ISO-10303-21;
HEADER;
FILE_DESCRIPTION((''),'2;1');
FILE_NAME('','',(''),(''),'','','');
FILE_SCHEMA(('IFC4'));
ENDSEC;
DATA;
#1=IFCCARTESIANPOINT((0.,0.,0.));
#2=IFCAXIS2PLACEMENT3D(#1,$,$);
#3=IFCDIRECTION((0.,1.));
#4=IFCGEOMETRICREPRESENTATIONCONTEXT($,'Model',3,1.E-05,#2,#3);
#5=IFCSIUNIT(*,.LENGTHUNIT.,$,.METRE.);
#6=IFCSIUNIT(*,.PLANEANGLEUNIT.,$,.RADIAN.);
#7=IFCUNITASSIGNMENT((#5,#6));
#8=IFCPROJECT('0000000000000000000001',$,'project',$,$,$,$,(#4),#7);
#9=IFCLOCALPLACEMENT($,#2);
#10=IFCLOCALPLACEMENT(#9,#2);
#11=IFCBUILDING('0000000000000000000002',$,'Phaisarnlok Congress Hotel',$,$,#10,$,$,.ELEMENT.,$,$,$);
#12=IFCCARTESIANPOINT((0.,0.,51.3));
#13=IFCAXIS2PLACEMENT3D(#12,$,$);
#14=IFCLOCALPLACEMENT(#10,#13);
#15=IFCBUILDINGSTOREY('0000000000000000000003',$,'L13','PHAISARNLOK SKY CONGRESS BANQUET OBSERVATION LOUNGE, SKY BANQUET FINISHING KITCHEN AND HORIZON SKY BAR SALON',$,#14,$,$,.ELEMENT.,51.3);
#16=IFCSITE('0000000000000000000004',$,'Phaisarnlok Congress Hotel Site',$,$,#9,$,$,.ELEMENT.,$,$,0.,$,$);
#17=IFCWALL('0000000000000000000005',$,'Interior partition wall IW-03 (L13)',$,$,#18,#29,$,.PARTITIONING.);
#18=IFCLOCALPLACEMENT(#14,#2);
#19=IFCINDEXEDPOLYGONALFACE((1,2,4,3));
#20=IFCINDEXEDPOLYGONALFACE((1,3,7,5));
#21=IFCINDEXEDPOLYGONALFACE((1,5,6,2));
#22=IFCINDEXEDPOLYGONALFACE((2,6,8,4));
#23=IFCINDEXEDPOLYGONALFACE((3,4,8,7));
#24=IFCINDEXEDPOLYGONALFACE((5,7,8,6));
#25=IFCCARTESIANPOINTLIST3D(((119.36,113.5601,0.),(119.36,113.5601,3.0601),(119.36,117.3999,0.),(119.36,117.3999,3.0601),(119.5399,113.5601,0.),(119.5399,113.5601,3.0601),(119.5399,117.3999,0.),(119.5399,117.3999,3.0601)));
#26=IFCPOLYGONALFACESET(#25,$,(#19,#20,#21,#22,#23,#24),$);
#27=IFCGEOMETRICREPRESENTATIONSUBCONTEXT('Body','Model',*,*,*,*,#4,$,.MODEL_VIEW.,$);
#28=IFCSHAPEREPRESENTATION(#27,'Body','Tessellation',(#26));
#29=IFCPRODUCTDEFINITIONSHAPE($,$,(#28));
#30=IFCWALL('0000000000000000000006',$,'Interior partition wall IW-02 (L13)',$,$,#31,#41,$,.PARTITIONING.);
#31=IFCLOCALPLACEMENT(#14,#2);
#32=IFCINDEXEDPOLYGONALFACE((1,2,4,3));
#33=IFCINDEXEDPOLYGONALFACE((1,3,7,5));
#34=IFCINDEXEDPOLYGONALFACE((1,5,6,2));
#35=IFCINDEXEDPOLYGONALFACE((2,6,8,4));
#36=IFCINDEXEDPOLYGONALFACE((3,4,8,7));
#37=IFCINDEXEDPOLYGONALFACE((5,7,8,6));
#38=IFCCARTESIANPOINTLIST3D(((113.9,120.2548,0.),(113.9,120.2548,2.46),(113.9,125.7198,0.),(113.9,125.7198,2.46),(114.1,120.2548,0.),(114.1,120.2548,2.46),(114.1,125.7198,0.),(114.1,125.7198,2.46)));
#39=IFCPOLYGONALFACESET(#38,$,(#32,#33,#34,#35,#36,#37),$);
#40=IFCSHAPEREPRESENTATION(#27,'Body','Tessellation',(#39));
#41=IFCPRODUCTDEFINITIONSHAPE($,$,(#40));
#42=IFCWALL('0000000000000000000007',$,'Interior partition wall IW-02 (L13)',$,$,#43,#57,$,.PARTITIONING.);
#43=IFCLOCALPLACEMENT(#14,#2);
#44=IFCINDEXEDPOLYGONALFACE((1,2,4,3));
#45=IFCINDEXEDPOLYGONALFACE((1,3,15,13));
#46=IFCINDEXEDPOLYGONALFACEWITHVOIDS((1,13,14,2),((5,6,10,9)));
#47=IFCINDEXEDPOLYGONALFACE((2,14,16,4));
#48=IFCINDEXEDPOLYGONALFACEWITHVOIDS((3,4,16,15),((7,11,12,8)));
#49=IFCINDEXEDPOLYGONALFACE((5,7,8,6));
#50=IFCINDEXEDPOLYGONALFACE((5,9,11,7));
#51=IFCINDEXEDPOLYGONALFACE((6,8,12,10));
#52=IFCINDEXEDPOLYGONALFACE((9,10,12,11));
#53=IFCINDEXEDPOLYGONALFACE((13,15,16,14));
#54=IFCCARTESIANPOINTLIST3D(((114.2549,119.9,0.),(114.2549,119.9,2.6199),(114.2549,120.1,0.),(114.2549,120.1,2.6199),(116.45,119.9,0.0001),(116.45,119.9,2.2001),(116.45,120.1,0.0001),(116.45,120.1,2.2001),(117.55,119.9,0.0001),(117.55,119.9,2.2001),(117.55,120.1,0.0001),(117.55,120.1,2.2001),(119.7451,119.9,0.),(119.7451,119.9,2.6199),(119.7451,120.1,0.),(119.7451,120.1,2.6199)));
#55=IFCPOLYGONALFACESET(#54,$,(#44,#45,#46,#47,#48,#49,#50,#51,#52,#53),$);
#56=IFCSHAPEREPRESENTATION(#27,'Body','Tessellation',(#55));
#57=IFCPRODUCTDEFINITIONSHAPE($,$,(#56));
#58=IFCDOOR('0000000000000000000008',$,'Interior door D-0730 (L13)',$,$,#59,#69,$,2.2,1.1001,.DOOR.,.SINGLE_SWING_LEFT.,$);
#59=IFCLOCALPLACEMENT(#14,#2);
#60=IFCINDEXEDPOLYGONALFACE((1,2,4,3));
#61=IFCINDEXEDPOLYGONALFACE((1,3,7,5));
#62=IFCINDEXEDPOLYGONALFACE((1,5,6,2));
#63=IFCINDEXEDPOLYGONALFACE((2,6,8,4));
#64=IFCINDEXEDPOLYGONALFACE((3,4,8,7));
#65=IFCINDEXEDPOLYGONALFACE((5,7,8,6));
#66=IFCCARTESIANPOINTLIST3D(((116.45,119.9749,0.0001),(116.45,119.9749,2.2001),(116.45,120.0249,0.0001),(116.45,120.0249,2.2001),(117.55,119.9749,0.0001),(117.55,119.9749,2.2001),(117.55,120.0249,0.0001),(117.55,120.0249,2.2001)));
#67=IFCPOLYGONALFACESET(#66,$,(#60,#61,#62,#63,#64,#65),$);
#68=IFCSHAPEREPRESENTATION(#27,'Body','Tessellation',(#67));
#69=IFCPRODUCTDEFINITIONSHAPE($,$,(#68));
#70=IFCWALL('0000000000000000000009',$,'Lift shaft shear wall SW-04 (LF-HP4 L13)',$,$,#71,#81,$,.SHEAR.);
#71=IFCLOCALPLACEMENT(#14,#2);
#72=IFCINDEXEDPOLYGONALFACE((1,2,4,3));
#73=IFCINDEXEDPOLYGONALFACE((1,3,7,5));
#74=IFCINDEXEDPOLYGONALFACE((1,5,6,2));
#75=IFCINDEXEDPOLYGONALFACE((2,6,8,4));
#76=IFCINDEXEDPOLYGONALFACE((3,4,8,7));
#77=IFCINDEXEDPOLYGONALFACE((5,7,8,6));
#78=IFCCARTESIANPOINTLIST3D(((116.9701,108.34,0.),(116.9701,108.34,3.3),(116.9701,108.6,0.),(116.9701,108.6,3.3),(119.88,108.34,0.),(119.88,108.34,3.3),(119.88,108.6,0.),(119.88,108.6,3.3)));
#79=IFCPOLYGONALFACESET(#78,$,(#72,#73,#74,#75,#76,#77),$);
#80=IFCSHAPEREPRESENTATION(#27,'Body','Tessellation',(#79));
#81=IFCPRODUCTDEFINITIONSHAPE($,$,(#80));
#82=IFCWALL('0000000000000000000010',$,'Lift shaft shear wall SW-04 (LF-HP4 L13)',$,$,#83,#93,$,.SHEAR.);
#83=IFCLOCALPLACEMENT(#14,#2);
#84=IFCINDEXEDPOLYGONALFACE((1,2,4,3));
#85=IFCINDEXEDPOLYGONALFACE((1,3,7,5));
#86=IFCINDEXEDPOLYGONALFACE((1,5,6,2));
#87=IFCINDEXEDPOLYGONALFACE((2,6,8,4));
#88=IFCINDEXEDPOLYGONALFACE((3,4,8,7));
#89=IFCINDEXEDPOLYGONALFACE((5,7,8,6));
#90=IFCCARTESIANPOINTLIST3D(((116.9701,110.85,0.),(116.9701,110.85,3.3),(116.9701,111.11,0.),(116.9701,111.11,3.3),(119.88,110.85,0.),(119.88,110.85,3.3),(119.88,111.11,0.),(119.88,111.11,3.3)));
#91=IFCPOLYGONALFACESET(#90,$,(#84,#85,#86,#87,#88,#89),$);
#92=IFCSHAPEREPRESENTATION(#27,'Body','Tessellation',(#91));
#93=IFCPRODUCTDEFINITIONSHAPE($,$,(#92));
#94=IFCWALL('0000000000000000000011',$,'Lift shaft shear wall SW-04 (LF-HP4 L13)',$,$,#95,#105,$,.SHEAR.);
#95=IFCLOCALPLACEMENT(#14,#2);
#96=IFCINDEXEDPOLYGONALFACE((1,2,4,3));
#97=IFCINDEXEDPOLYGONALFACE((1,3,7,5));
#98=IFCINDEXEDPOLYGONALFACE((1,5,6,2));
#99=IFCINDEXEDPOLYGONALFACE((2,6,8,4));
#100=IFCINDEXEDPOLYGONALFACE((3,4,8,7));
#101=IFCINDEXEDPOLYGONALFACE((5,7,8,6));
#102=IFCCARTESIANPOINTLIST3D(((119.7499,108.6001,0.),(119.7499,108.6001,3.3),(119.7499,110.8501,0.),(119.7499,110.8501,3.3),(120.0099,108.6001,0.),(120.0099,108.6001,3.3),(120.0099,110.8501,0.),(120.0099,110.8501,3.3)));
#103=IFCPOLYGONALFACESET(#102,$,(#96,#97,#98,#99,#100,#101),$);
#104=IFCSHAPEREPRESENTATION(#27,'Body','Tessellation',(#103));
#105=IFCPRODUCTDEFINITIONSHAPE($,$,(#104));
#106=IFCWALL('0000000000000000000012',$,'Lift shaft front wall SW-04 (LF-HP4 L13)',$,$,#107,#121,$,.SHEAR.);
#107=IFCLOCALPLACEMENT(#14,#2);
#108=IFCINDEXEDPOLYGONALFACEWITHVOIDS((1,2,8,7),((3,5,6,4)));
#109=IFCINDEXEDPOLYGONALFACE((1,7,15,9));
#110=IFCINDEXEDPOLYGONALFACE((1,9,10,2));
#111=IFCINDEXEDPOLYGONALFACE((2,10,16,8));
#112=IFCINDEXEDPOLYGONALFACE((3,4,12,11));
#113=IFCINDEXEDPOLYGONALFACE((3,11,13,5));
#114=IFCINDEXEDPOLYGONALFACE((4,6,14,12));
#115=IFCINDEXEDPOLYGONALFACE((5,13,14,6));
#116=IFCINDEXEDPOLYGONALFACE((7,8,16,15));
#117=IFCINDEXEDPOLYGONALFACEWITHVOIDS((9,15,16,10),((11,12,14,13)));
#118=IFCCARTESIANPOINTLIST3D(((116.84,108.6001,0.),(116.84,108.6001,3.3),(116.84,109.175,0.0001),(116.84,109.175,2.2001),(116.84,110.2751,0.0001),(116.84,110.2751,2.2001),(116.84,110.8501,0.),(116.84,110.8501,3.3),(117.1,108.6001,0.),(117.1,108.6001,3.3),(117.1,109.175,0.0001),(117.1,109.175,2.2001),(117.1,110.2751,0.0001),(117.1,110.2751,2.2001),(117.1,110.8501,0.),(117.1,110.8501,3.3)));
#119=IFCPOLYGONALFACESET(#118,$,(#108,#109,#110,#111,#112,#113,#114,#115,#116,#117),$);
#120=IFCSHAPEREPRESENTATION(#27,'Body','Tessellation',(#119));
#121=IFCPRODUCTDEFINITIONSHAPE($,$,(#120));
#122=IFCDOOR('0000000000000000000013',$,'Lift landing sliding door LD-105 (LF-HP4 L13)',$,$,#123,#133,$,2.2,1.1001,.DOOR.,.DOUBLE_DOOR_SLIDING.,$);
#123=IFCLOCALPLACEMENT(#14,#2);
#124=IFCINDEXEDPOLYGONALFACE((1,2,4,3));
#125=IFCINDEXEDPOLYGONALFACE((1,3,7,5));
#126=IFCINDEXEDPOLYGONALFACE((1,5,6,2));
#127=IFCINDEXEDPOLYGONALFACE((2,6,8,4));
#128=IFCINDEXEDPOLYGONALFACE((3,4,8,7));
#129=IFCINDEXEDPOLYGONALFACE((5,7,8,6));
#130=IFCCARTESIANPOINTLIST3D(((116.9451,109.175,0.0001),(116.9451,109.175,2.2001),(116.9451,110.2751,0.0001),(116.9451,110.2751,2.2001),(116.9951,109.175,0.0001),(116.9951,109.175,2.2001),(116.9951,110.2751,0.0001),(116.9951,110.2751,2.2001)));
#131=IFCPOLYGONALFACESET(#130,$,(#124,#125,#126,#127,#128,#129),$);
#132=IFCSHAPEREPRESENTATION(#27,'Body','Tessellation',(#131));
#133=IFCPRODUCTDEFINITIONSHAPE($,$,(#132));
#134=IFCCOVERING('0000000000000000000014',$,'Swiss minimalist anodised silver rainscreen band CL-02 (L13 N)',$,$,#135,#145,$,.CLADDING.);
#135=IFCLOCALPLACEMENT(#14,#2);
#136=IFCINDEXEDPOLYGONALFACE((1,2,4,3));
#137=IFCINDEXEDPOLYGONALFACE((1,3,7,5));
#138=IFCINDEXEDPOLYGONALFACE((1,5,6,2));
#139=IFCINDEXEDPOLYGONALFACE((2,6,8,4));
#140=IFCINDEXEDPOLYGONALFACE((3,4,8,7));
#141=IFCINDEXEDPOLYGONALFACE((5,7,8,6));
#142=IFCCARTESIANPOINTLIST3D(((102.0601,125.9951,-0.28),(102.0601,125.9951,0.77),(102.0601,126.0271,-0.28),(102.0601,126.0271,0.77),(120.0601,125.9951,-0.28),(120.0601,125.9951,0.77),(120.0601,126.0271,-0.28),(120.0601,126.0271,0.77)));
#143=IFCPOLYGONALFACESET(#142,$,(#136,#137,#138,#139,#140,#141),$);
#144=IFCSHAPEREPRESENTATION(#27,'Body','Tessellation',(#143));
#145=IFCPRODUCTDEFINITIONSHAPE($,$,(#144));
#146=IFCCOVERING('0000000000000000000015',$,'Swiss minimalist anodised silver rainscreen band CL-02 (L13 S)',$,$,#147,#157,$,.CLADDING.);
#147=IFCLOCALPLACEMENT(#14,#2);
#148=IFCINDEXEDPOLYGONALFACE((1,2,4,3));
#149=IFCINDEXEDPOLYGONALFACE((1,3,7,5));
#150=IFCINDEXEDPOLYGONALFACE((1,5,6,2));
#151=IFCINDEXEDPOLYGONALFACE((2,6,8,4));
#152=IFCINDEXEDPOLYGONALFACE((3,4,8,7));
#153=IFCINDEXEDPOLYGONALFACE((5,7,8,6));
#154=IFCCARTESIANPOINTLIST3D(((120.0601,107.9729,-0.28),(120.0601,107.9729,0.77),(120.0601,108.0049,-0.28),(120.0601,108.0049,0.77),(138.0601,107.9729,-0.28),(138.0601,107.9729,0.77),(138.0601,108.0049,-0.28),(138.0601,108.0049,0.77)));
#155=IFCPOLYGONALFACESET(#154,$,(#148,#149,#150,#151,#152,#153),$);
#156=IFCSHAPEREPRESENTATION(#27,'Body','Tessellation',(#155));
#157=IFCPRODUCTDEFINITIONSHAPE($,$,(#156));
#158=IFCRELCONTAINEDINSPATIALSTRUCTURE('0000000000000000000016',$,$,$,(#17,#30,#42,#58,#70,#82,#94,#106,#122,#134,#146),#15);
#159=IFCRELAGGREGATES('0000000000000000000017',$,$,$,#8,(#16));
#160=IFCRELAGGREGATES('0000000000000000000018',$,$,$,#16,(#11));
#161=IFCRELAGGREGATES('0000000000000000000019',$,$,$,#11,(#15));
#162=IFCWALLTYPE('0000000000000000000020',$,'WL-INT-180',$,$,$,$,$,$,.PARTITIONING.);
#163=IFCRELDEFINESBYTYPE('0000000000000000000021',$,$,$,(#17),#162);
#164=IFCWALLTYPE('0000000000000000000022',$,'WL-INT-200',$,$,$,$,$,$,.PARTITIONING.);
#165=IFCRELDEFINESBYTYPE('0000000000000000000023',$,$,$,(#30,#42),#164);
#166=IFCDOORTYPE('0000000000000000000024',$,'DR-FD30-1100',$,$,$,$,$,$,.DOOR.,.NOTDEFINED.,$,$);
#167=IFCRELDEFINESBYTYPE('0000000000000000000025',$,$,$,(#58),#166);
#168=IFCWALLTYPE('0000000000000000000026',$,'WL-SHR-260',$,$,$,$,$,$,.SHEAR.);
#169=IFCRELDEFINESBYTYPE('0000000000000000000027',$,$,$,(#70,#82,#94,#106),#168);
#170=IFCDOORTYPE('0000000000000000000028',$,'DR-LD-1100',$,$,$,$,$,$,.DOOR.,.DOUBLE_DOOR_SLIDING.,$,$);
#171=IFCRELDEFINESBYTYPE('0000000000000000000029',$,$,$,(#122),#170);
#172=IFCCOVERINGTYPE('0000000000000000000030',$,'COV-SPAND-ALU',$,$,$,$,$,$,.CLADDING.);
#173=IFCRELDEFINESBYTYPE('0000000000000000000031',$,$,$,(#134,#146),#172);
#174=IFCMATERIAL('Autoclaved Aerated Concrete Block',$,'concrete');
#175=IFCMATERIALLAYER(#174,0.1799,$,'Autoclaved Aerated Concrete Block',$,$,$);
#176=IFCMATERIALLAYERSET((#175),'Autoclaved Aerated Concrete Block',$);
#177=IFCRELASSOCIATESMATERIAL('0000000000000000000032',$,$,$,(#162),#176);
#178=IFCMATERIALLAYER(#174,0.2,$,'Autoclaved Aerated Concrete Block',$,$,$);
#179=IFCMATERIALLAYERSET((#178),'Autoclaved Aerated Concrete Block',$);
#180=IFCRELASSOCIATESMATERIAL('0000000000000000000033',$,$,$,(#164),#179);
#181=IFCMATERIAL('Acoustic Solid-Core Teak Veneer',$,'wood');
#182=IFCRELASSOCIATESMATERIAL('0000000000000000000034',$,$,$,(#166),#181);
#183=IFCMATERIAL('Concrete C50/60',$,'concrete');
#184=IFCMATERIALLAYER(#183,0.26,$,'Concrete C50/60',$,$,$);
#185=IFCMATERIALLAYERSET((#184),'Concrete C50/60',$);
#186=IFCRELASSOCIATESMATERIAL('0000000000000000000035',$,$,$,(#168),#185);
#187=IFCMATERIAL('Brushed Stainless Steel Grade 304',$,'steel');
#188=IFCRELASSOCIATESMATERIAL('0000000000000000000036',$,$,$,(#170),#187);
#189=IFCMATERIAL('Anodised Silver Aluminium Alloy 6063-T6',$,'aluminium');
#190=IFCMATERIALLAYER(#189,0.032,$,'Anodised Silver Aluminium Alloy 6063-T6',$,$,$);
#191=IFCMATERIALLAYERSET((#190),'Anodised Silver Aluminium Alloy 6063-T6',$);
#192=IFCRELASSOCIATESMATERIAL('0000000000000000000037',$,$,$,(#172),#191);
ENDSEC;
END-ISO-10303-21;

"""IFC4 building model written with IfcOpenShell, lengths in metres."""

from ifc_helpers import new_model, si_unit, direction, frame, frame_2d, origin, place, context, subcontext, project, spatial, polyline, rectangle, outline, extrude, material, layer, layer_set, type_object, element, fill, save


model = new_model("IFC4")

# Units and contexts
model_context = context("Model", 3, precision=1e-05, world=origin(), true_north=direction((0.0, 1.0)))
body_context = subcontext(model_context, "Body", "Model", "MODEL_VIEW")
ifc_project = project(units=[si_unit("LENGTHUNIT", "METRE"), si_unit("PLANEANGLEUNIT", "RADIAN")], contexts=[model_context])

# Site, building, storey
site_placement = place(None, origin())
site = spatial("IfcSite", under=ifc_project, at=site_placement, Name="Phaisarnlok Congress Hotel Site", CompositionType="ELEMENT", RefElevation=0.0)
building_placement = place(site_placement, origin())
building = spatial("IfcBuilding", under=site, at=building_placement, Name="Phaisarnlok Congress Hotel", CompositionType="ELEMENT")
storey_placement = place(building_placement, frame((0.0, 0.0, 51.3)))
storey = spatial("IfcBuildingStorey", under=building, at=storey_placement, Name="L13", Description="PHAISARNLOK SKY CONGRESS BANQUET OBSERVATION LOUNGE, SKY BANQUET FINISHING KITCHEN AND HORIZON SKY BAR SALON", CompositionType="ELEMENT", Elevation=51.3)

# Shared definitions
ifc_material_1 = material(Name="Concrete C50/60", Category="concrete")

# Walls
ifc_material_2 = material(Name="Autoclaved Aerated Concrete Block", Category="concrete")
ifc_layer_1 = layer(ifc_material_2, 0.1799, Name="Autoclaved Aerated Concrete Block")
ifc_layer_set_1 = layer_set([ifc_layer_1], Name="Autoclaved Aerated Concrete Block")
wall_type_1 = type_object("IfcWallType", Name="WL-INT-180", PredefinedType="PARTITIONING", material=ifc_layer_set_1)
wall_1_placement = place(storey_placement, frame((119.45, 113.5601, 0.0), z_axis=(0.0, 0.0, 1.0), x_axis=(0.0, 1.0, 0.0)))
element("IfcWall", 1, at=wall_1_placement, inside=storey, type_object=wall_type_1, Name="Interior partition wall IW-03 (L13)", PredefinedType="PARTITIONING", context=body_context, shape_type="SweptSolid", body=[
    extrude(rectangle(XDim=3.8398, YDim=0.1799, at=frame_2d((1.9199, 0.0))), origin(), (0.0, 0.0, 1.0), 3.0601),
])
ifc_layer_2 = layer(ifc_material_2, 0.2, Name="Autoclaved Aerated Concrete Block")
ifc_layer_set_2 = layer_set([ifc_layer_2], Name="Autoclaved Aerated Concrete Block")
wall_type_2 = type_object("IfcWallType", Name="WL-INT-200", PredefinedType="PARTITIONING", material=ifc_layer_set_2)
wall_2_placement = place(storey_placement, frame((114.0, 120.2549, 0.0), z_axis=(0.0, 0.0, 1.0), x_axis=(0.0, 1.0, 0.0)))
element("IfcWall", 2, at=wall_2_placement, inside=storey, type_object=wall_type_2, Name="Interior partition wall IW-02 (L13)", PredefinedType="PARTITIONING", context=body_context, shape_type="SweptSolid", body=[
    extrude(rectangle(XDim=5.4651, YDim=0.2, at=frame_2d((2.7324, 0.0))), origin(), (0.0, 0.0, 1.0), 2.46),
])

# Wall, opening, door
wall_3_placement = place(storey_placement, frame((114.2549, 120.0, 0.0), z_axis=(0.0, 0.0, 1.0), x_axis=(1.0, 0.0, 0.0)))
wall_3 = element("IfcWall", 3, at=wall_3_placement, inside=storey, type_object=wall_type_2, Name="Interior partition wall IW-02 (L13)", PredefinedType="PARTITIONING", context=body_context, shape_type="SweptSolid", body=[
    extrude(rectangle(XDim=5.4902, YDim=0.2, at=frame_2d((2.7451, 0.0))), origin(), (0.0, 0.0, 1.0), 2.6199),
])
opening_1_placement = place(wall_3_placement, frame((2.1951, 0.0, 0.0)))
opening_1 = element("IfcOpeningElement", 4, at=opening_1_placement, cuts=wall_3, PredefinedType="OPENING", context=body_context, shape_type="SweptSolid", body=[
    extrude(rectangle(XDim=1.1001, YDim=2.2, at=frame_2d((0.55, 1.1001))), frame((0.0, 0.1099, 0.0), z_axis=(0.0, -1.0, 0.0), x_axis=(1.0, 0.0, 0.0)), (0.0, 0.0, 1.0), 0.22),
])
ifc_material_3 = material(Name="Acoustic Solid-Core Teak Veneer", Category="wood")
door_type_1 = type_object("IfcDoorType", Name="DR-FD30-1100", OperationType="NOTDEFINED", PredefinedType="DOOR", material=ifc_material_3)
door_1_placement = place(opening_1_placement, origin())
door_1 = element("IfcDoor", 5, at=door_1_placement, inside=storey, type_object=door_type_1, Name="Interior door D-0730 (L13)", OperationType="SINGLE_SWING_LEFT", OverallHeight=2.2, OverallWidth=1.1001, PredefinedType="DOOR", context=body_context, shape_type="SweptSolid", body=[
    extrude(rectangle(XDim=1.1001, YDim=2.2, at=frame_2d((0.55, 1.1001))), frame((0.0, 0.0249, 0.0), z_axis=(0.0, -1.0, 0.0), x_axis=(1.0, 0.0, 0.0)), (0.0, 0.0, 1.0), 0.05),
])
fill(opening_1, door_1)

# Walls
ifc_layer_3 = layer(ifc_material_1, 0.26, Name="Concrete C50/60")
ifc_layer_set_3 = layer_set([ifc_layer_3], Name="Concrete C50/60")
wall_type_3 = type_object("IfcWallType", Name="WL-SHR-260", PredefinedType="SHEAR", material=ifc_layer_set_3)
for number, where, z_axis, x_axis, name in (
    (6, (116.97, 108.47, 0.0), (0.0, 0.0, 1.0), (1.0, 0.0, 0.0), "Lift shaft shear wall SW-04 (LF-HP4 L13)"),
    (7, (116.97, 110.98, 0.0), (0.0, 0.0, 1.0), (1.0, 0.0, 0.0), "Lift shaft shear wall SW-04 (LF-HP4 L13)"),
):
    element("IfcWall", number, at=place(storey_placement, frame(where, z_axis=z_axis, x_axis=x_axis)), inside=storey, type_object=wall_type_3, Name=name, PredefinedType="SHEAR", context=body_context, shape_type="SweptSolid", body=[
        extrude(rectangle(XDim=2.9099, YDim=0.26, at=frame_2d((1.4551, 0.0))), origin(), (0.0, 0.0, 1.0), 3.3),
    ])
wall_4_placement = place(storey_placement, frame((119.8799, 108.6001, 0.0), z_axis=(0.0, 0.0, 1.0), x_axis=(0.0, 1.0, 0.0)))
element("IfcWall", 8, at=wall_4_placement, inside=storey, type_object=wall_type_3, Name="Lift shaft shear wall SW-04 (LF-HP4 L13)", PredefinedType="SHEAR", context=body_context, shape_type="SweptSolid", body=[
    extrude(rectangle(XDim=2.25, YDim=0.26, at=frame_2d((1.125, 0.0))), origin(), (0.0, 0.0, 1.0), 3.3),
])

# Wall, opening, door
wall_5_placement = place(storey_placement, frame((116.97, 108.6001, 0.0), z_axis=(0.0, 0.0, 1.0), x_axis=(0.0, 1.0, 0.0)))
wall_5 = element("IfcWall", 9, at=wall_5_placement, inside=storey, type_object=wall_type_3, Name="Lift shaft front wall SW-04 (LF-HP4 L13)", PredefinedType="SHEAR", context=body_context, shape_type="SweptSolid", body=[
    extrude(rectangle(XDim=2.25, YDim=0.26, at=frame_2d((1.125, 0.0))), origin(), (0.0, 0.0, 1.0), 3.3),
])
opening_2_placement = place(wall_5_placement, frame((0.575, 0.0, 0.0)))
opening_2 = element("IfcOpeningElement", 10, at=opening_2_placement, cuts=wall_5, PredefinedType="OPENING", context=body_context, shape_type="SweptSolid", body=[
    extrude(rectangle(XDim=1.1001, YDim=2.2, at=frame_2d((0.55, 1.1001))), frame((0.0, 0.1401, 0.0), z_axis=(0.0, -1.0, 0.0), x_axis=(1.0, 0.0, 0.0)), (0.0, 0.0, 1.0), 0.28),
])
ifc_material_4 = material(Name="Brushed Stainless Steel Grade 304", Category="steel")
door_type_2 = type_object("IfcDoorType", Name="DR-LD-1100", OperationType="DOUBLE_DOOR_SLIDING", PredefinedType="DOOR", material=ifc_material_4)
door_2_placement = place(opening_2_placement, origin())
door_2 = element("IfcDoor", 11, at=door_2_placement, inside=storey, type_object=door_type_2, Name="Lift landing sliding door LD-105 (LF-HP4 L13)", OperationType="DOUBLE_DOOR_SLIDING", OverallHeight=2.2, OverallWidth=1.1001, PredefinedType="DOOR", context=body_context, shape_type="SweptSolid", body=[
    extrude(rectangle(XDim=1.1001, YDim=2.2, at=frame_2d((0.55, 1.1001))), frame((0.0, 0.0249, 0.0), z_axis=(0.0, -1.0, 0.0), x_axis=(1.0, 0.0, 0.0)), (0.0, 0.0, 1.0), 0.05),
])
fill(opening_2, door_2)

# Coverings
ifc_material_5 = material(Name="Anodised Silver Aluminium Alloy 6063-T6", Category="aluminium")
ifc_layer_4 = layer(ifc_material_5, 0.032, Name="Anodised Silver Aluminium Alloy 6063-T6")
ifc_layer_set_4 = layer_set([ifc_layer_4], Name="Anodised Silver Aluminium Alloy 6063-T6")
covering_type = type_object("IfcCoveringType", Name="COV-SPAND-ALU", PredefinedType="CLADDING", material=ifc_layer_set_4)
for number, where, z_axis, x_axis, name in (
    (12, (120.0601, 125.9951, -0.28), (0.0, 1.0, 0.0), (-1.0, 0.0, 0.0), "Swiss minimalist anodised silver rainscreen band CL-02 (L13 N)"),
    (13, (120.0601, 108.0049, -0.28), (0.0, -1.0, 0.0), (1.0, 0.0, 0.0), "Swiss minimalist anodised silver rainscreen band CL-02 (L13 S)"),
):
    element("IfcCovering", number, at=place(storey_placement, frame(where, z_axis=z_axis, x_axis=x_axis)), inside=storey, type_object=covering_type, Name=name, PredefinedType="CLADDING", context=body_context, shape_type="SweptSolid", body=[
        extrude(outline(polyline([(0.0, 0.0), (18.0, 0.0), (18.0, 1.05), (0.0, 1.05), (0.0, 0.0)])), origin(), (0.0, 0.0, 1.0), 0.032),
    ])

save(model, "model.ifc")
